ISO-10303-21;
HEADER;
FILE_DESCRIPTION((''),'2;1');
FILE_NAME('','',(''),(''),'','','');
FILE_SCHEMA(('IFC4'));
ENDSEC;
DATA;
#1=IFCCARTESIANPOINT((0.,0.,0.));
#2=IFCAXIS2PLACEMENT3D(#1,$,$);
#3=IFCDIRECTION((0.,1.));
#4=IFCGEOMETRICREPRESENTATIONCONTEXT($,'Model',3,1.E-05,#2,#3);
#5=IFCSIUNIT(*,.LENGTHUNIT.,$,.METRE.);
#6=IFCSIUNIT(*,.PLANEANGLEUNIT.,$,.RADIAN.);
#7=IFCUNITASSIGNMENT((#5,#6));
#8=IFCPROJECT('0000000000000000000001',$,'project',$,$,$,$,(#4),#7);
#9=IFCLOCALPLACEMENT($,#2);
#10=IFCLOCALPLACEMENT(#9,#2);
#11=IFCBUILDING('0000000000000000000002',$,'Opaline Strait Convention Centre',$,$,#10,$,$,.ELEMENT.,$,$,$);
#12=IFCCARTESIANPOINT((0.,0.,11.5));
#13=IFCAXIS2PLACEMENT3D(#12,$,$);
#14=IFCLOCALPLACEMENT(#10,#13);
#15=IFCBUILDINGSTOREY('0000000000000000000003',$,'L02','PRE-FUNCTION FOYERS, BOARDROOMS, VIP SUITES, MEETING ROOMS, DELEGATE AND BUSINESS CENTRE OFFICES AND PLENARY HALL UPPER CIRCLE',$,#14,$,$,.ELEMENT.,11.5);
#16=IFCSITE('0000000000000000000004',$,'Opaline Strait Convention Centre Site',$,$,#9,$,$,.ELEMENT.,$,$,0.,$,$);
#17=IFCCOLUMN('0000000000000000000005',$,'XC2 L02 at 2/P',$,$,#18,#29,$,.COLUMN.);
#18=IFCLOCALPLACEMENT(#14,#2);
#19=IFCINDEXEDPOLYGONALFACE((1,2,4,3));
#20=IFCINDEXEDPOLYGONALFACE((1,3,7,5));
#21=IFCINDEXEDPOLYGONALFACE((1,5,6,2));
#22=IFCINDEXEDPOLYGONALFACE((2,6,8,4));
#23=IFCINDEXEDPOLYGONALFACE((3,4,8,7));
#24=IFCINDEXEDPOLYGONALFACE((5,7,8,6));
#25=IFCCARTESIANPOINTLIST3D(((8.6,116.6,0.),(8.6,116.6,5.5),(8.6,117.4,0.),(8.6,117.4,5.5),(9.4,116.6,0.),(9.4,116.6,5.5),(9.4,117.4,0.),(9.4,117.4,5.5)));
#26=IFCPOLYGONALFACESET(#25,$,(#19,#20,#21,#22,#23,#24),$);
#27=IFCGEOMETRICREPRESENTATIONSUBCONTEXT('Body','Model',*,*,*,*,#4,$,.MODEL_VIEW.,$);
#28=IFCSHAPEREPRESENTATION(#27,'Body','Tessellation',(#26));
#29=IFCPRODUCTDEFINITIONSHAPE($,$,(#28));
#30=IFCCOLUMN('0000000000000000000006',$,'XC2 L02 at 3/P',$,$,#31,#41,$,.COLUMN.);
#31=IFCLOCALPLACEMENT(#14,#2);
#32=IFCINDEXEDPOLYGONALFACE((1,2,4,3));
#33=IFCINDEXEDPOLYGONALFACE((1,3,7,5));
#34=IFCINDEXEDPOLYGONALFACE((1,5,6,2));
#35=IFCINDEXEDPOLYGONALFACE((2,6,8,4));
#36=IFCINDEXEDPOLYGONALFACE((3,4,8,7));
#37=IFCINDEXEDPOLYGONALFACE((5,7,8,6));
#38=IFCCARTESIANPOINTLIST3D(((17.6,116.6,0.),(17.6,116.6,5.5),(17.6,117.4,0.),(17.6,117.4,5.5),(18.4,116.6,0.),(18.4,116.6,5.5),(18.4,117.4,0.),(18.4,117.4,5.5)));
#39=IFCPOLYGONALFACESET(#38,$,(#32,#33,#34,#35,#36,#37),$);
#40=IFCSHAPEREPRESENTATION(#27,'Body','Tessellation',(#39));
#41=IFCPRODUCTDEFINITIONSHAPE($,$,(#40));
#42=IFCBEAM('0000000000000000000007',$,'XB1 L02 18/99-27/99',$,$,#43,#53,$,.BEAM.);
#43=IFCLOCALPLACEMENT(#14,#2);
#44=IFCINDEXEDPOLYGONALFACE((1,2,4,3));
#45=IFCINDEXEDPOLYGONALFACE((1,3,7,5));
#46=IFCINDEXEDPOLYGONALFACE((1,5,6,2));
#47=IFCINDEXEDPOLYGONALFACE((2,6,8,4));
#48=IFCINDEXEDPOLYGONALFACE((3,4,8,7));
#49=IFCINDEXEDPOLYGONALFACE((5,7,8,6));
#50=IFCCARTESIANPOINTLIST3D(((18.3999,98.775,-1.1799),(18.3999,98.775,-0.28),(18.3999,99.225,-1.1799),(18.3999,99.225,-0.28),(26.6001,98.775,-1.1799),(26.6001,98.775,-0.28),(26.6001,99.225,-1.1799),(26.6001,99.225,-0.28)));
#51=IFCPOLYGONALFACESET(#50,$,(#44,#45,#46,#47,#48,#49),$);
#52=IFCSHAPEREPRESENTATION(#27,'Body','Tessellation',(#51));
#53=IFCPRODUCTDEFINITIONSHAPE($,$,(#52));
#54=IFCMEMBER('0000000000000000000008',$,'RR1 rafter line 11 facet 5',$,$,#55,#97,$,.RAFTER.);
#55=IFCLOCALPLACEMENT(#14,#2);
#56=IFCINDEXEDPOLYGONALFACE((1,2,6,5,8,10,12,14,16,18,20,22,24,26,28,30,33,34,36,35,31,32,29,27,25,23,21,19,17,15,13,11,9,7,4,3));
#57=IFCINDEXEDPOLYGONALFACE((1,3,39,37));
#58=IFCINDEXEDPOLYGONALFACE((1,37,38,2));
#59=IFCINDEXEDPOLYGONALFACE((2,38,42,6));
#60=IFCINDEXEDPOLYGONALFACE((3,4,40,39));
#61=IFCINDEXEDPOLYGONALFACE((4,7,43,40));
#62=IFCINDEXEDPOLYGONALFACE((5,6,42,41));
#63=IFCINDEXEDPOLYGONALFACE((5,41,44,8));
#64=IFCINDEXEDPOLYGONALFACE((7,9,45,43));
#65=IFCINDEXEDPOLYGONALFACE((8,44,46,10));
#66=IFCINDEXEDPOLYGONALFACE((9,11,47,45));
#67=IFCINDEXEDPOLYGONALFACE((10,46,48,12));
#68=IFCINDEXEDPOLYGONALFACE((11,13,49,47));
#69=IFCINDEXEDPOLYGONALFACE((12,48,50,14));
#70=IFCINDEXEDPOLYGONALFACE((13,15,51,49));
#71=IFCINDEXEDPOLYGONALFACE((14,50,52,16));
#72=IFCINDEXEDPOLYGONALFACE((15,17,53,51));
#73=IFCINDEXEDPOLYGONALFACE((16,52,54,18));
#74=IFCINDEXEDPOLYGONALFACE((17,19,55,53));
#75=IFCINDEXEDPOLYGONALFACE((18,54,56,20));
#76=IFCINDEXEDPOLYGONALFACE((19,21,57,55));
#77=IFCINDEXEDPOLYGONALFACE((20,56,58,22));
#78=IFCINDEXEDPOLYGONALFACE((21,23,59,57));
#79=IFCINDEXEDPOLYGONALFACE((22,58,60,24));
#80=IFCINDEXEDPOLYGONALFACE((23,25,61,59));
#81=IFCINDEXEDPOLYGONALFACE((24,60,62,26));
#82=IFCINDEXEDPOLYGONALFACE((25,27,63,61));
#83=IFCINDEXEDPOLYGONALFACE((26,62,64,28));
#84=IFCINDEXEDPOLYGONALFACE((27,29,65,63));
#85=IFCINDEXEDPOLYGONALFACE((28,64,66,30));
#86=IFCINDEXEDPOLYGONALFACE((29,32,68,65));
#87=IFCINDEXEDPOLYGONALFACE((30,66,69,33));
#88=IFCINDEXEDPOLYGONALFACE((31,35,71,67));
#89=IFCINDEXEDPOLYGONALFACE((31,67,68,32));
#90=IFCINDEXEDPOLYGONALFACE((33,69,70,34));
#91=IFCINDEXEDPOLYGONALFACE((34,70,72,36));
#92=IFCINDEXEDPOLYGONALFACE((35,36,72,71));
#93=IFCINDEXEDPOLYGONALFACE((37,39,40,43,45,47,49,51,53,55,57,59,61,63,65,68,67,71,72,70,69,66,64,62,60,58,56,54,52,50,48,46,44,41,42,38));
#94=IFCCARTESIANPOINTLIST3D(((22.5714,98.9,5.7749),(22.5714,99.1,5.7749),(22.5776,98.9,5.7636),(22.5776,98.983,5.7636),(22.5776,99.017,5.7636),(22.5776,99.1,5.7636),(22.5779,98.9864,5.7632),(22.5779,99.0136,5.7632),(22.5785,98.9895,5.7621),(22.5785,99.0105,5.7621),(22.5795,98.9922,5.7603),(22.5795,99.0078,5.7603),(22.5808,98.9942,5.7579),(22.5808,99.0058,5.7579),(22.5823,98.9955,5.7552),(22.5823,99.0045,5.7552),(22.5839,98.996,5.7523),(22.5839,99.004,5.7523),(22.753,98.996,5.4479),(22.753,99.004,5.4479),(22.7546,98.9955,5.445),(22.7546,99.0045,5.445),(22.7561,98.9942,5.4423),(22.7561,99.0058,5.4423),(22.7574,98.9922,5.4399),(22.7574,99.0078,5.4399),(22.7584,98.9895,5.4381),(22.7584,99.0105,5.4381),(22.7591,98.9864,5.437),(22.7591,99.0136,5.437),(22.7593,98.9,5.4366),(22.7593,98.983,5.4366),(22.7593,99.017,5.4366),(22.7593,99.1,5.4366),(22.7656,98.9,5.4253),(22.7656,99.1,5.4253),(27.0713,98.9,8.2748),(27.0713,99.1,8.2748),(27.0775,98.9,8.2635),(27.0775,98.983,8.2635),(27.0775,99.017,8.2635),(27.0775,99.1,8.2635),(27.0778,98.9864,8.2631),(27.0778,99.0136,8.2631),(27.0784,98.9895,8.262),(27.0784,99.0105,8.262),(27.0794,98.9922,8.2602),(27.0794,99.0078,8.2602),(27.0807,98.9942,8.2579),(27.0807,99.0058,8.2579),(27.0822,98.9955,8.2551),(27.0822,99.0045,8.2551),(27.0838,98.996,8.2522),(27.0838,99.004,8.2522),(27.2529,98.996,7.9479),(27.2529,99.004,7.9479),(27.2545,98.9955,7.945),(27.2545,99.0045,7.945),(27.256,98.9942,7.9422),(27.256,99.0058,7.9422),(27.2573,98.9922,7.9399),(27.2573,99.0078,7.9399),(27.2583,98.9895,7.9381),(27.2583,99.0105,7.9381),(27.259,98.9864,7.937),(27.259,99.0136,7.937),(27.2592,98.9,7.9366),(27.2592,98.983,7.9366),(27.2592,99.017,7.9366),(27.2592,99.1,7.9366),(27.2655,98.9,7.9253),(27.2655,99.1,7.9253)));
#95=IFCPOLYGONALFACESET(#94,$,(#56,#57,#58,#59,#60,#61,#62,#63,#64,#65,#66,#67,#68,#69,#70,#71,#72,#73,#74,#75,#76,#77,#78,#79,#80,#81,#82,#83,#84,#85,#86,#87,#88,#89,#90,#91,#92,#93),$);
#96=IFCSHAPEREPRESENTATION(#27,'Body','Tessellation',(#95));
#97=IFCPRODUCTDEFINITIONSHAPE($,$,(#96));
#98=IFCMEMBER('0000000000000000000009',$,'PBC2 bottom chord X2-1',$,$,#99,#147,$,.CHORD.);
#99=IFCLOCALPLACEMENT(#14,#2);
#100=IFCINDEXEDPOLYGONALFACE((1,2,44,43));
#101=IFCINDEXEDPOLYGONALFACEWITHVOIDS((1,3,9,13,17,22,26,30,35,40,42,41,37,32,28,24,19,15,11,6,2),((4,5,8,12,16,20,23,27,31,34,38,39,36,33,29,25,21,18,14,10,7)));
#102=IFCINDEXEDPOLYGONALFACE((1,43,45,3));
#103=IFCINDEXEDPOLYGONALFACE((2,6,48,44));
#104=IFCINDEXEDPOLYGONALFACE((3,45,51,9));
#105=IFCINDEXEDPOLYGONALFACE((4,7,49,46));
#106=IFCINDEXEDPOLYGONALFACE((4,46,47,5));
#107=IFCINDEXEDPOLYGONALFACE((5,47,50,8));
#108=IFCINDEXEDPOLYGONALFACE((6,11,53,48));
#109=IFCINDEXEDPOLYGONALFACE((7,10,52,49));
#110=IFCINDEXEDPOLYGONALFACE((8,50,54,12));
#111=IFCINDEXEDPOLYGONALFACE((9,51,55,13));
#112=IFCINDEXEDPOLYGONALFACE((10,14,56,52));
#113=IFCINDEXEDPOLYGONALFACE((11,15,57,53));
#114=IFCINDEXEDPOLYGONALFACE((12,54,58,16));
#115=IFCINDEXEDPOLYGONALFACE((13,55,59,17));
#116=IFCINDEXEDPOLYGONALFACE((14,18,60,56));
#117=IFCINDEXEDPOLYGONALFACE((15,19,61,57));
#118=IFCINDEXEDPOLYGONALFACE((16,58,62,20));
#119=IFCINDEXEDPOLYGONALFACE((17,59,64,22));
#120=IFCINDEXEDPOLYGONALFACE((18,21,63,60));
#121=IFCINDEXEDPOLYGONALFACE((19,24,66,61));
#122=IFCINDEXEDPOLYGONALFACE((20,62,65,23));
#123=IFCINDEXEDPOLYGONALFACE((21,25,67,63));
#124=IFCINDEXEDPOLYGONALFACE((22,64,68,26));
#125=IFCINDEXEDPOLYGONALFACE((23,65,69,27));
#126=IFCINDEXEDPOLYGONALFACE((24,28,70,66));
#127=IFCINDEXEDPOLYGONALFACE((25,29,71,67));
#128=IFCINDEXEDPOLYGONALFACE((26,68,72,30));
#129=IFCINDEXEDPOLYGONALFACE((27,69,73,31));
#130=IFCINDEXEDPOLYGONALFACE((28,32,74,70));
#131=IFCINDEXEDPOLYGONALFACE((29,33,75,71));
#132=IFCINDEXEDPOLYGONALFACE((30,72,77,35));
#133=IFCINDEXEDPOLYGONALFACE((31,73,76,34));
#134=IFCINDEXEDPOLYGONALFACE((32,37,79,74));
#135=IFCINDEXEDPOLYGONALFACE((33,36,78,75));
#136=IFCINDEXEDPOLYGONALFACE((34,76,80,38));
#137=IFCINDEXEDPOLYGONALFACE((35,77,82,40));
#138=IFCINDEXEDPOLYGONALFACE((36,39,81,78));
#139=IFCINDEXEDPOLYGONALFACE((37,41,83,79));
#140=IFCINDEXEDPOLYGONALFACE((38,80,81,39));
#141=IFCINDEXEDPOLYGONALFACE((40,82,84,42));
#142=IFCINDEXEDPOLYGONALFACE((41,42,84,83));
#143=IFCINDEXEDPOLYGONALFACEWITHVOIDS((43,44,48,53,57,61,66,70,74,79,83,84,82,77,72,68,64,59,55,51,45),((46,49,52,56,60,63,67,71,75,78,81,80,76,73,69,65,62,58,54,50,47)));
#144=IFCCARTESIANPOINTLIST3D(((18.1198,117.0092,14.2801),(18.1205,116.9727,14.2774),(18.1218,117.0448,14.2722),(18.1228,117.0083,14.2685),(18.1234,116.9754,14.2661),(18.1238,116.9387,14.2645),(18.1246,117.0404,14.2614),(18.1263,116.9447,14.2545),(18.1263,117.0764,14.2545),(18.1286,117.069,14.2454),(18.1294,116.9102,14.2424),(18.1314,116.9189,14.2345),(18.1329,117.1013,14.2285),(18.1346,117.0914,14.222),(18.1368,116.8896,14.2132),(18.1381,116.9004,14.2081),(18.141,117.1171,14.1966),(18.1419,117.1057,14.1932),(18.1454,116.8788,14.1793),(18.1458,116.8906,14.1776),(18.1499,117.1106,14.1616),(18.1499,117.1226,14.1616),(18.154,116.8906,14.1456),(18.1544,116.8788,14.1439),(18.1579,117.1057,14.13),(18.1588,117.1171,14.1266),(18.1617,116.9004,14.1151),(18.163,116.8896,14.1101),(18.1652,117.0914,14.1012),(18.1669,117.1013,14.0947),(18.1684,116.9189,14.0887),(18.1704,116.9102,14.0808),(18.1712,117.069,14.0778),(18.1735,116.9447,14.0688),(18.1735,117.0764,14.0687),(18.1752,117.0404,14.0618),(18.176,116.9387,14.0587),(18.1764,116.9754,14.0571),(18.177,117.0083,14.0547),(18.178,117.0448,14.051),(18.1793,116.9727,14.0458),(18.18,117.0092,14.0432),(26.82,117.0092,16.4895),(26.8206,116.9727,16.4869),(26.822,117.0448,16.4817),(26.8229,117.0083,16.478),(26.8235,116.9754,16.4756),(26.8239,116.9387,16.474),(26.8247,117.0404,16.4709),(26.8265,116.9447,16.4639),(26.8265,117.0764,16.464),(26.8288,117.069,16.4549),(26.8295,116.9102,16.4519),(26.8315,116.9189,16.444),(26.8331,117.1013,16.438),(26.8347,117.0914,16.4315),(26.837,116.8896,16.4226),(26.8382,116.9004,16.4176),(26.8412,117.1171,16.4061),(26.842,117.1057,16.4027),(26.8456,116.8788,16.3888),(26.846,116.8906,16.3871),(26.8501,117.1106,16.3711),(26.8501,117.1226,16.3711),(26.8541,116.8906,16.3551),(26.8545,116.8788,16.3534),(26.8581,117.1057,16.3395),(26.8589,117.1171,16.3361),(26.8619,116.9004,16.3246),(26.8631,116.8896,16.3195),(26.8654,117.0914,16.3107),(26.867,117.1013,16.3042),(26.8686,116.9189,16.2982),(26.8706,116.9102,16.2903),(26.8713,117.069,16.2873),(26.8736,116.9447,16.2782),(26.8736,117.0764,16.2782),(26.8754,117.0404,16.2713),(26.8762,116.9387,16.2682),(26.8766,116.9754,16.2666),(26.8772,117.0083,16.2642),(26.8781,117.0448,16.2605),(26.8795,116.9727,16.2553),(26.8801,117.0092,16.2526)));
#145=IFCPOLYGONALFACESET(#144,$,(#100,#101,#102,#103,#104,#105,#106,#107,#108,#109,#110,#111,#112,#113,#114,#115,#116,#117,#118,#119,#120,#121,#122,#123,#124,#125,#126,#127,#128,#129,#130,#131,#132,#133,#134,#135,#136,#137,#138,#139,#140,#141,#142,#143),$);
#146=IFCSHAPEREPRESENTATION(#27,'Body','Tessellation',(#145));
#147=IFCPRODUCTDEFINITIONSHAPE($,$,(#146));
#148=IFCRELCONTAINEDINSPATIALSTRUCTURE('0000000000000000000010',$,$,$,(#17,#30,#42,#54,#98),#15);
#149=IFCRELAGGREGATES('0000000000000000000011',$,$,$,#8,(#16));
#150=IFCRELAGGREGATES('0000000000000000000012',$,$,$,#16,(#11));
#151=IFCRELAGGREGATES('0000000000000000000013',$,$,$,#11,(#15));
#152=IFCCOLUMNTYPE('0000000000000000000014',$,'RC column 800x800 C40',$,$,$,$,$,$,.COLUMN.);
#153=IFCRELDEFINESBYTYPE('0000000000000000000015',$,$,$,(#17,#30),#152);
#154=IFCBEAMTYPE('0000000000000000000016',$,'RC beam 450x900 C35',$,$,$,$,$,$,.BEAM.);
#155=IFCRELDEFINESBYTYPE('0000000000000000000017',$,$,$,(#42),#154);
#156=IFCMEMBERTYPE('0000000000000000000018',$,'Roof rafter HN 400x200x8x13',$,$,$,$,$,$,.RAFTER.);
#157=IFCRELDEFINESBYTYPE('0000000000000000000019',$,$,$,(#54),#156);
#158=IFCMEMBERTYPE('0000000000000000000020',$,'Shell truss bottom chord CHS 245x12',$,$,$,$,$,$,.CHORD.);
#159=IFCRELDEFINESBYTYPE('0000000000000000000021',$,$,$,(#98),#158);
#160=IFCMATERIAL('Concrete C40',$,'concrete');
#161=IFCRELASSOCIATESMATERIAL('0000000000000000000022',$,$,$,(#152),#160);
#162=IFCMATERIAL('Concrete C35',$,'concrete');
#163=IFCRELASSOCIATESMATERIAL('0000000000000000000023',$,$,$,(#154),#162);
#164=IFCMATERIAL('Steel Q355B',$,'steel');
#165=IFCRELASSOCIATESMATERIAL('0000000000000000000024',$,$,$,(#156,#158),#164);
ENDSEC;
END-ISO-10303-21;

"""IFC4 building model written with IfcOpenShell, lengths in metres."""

from ifc_helpers import new_model, si_unit, direction, frame, origin, origin_2d, place, context, subcontext, project, spatial, rectangle, hollow_circle, i_section, extrude, material, material_profile, profile_set, type_object, element, save


model = new_model("IFC4")

# Units and contexts
model_context = context("Model", 3, precision=1e-05, world=origin(), true_north=direction((0.0, 1.0)))
body_context = subcontext(model_context, "Body", "Model", "MODEL_VIEW")
ifc_project = project(units=[si_unit("LENGTHUNIT", "METRE"), si_unit("PLANEANGLEUNIT", "RADIAN")], contexts=[model_context])

# Site, building, storey
site_placement = place(None, origin())
site = spatial("IfcSite", under=ifc_project, at=site_placement, Name="Opaline Strait Convention Centre Site", CompositionType="ELEMENT", RefElevation=0.0)
building_placement = place(site_placement, origin())
building = spatial("IfcBuilding", under=site, at=building_placement, Name="Opaline Strait Convention Centre", CompositionType="ELEMENT")
storey_placement = place(building_placement, frame((0.0, 0.0, 11.5)))
storey = spatial("IfcBuildingStorey", under=building, at=storey_placement, Name="L02", Description="PRE-FUNCTION FOYERS, BOARDROOMS, VIP SUITES, MEETING ROOMS, DELEGATE AND BUSINESS CENTRE OFFICES AND PLENARY HALL UPPER CIRCLE", CompositionType="ELEMENT", Elevation=11.5)

# Columns
ifc_material_1 = material(Name="Concrete C40", Category="concrete")
ifc_material_profile_1 = material_profile(ifc_material_1, rectangle(XDim=0.8, YDim=0.8, at=origin_2d()), Name="RC 800x800")
ifc_profile_set_1 = profile_set([ifc_material_profile_1], Name="Concrete C40")
column_type = type_object("IfcColumnType", Name="RC column 800x800 C40", PredefinedType="COLUMN", material=ifc_profile_set_1)
for number, where, z_axis, x_axis, name in (
    (1, (9.0, 117.0, 0.0), (0.0, 0.0, 1.0), (1.0, 0.0, 0.0), "XC2 L02 at 2/P"),
    (2, (18.0, 117.0, 0.0), (0.0, 0.0, 1.0), (1.0, 0.0, 0.0), "XC2 L02 at 3/P"),
):
    element("IfcColumn", number, at=place(storey_placement, frame(where, z_axis=z_axis, x_axis=x_axis)), inside=storey, type_object=column_type, Name=name, PredefinedType="COLUMN", context=body_context, shape_type="SweptSolid", body=[
        extrude(rectangle(XDim=0.8, YDim=0.8, at=origin_2d()), origin(), (0.0, 0.0, 1.0), 5.5),
    ])

# Beam
ifc_material_2 = material(Name="Concrete C35", Category="concrete")
ifc_material_profile_2 = material_profile(ifc_material_2, rectangle(XDim=0.45, YDim=0.8999, at=origin_2d()), Name="RC 450x900")
ifc_profile_set_2 = profile_set([ifc_material_profile_2], Name="Concrete C35")
beam_type = type_object("IfcBeamType", Name="RC beam 450x900 C35", PredefinedType="BEAM", material=ifc_profile_set_2)
beam_placement = place(storey_placement, frame((18.3999, 99.0, -0.73), z_axis=(1.0, 0.0, 0.0), x_axis=(0.0, 1.0, 0.0)))
element("IfcBeam", 3, at=beam_placement, inside=storey, type_object=beam_type, Name="XB1 L02 18/99-27/99", PredefinedType="BEAM", context=body_context, shape_type="SweptSolid", body=[
    extrude(rectangle(XDim=0.45, YDim=0.8999, at=origin_2d()), origin(), (0.0, 0.0, 1.0), 8.2002),
])

# Members
ifc_material_3 = material(Name="Steel Q355B", Category="steel")
ifc_material_profile_3 = material_profile(ifc_material_3, i_section(OverallWidth=0.2, OverallDepth=0.3999, WebThickness=0.0081, FlangeThickness=0.0129, FilletRadius=0.0129, at=origin_2d()), Name="HN 400x200x8x13")
ifc_profile_set_3 = profile_set([ifc_material_profile_3], Name="Steel Q355B")
member_type_1 = type_object("IfcMemberType", Name="Roof rafter HN 400x200x8x13", PredefinedType="RAFTER", material=ifc_profile_set_3)
member_1_placement = place(storey_placement, frame((22.6685, 99.0, 5.6001), z_axis=(0.874157, 0.0, 0.485643), x_axis=(0.0, 1.0, 0.0)))
element("IfcMember", 4, at=member_1_placement, inside=storey, type_object=member_type_1, Name="RR1 rafter line 11 facet 5", PredefinedType="RAFTER", context=body_context, shape_type="SweptSolid", body=[
    extrude(i_section(OverallWidth=0.2, OverallDepth=0.3999, WebThickness=0.0081, FlangeThickness=0.0129, FilletRadius=0.0129, at=origin_2d()), origin(), (0.0, 0.0, 1.0), 5.1477),
])
ifc_material_profile_4 = material_profile(ifc_material_3, hollow_circle(Radius=0.1226, WallThickness=0.012, at=origin_2d()), Name="CHS 245x12")
ifc_profile_set_4 = profile_set([ifc_material_profile_4], Name="Steel Q355B")
member_type_2 = type_object("IfcMemberType", Name="Shell truss bottom chord CHS 245x12", PredefinedType="CHORD", material=ifc_profile_set_4)
member_2_placement = place(storey_placement, frame((18.1499, 117.0, 14.1616), z_axis=(0.969233, 0.0, 0.246143), x_axis=(0.0, 1.0, 0.0)))
element("IfcMember", 5, at=member_2_placement, inside=storey, type_object=member_type_2, Name="PBC2 bottom chord X2-1", PredefinedType="CHORD", context=body_context, shape_type="SweptSolid", body=[
    extrude(hollow_circle(Radius=0.1226, WallThickness=0.012, at=origin_2d()), origin(), (0.0, 0.0, 1.0), 8.9763),
])

save(model, "model.ifc")
